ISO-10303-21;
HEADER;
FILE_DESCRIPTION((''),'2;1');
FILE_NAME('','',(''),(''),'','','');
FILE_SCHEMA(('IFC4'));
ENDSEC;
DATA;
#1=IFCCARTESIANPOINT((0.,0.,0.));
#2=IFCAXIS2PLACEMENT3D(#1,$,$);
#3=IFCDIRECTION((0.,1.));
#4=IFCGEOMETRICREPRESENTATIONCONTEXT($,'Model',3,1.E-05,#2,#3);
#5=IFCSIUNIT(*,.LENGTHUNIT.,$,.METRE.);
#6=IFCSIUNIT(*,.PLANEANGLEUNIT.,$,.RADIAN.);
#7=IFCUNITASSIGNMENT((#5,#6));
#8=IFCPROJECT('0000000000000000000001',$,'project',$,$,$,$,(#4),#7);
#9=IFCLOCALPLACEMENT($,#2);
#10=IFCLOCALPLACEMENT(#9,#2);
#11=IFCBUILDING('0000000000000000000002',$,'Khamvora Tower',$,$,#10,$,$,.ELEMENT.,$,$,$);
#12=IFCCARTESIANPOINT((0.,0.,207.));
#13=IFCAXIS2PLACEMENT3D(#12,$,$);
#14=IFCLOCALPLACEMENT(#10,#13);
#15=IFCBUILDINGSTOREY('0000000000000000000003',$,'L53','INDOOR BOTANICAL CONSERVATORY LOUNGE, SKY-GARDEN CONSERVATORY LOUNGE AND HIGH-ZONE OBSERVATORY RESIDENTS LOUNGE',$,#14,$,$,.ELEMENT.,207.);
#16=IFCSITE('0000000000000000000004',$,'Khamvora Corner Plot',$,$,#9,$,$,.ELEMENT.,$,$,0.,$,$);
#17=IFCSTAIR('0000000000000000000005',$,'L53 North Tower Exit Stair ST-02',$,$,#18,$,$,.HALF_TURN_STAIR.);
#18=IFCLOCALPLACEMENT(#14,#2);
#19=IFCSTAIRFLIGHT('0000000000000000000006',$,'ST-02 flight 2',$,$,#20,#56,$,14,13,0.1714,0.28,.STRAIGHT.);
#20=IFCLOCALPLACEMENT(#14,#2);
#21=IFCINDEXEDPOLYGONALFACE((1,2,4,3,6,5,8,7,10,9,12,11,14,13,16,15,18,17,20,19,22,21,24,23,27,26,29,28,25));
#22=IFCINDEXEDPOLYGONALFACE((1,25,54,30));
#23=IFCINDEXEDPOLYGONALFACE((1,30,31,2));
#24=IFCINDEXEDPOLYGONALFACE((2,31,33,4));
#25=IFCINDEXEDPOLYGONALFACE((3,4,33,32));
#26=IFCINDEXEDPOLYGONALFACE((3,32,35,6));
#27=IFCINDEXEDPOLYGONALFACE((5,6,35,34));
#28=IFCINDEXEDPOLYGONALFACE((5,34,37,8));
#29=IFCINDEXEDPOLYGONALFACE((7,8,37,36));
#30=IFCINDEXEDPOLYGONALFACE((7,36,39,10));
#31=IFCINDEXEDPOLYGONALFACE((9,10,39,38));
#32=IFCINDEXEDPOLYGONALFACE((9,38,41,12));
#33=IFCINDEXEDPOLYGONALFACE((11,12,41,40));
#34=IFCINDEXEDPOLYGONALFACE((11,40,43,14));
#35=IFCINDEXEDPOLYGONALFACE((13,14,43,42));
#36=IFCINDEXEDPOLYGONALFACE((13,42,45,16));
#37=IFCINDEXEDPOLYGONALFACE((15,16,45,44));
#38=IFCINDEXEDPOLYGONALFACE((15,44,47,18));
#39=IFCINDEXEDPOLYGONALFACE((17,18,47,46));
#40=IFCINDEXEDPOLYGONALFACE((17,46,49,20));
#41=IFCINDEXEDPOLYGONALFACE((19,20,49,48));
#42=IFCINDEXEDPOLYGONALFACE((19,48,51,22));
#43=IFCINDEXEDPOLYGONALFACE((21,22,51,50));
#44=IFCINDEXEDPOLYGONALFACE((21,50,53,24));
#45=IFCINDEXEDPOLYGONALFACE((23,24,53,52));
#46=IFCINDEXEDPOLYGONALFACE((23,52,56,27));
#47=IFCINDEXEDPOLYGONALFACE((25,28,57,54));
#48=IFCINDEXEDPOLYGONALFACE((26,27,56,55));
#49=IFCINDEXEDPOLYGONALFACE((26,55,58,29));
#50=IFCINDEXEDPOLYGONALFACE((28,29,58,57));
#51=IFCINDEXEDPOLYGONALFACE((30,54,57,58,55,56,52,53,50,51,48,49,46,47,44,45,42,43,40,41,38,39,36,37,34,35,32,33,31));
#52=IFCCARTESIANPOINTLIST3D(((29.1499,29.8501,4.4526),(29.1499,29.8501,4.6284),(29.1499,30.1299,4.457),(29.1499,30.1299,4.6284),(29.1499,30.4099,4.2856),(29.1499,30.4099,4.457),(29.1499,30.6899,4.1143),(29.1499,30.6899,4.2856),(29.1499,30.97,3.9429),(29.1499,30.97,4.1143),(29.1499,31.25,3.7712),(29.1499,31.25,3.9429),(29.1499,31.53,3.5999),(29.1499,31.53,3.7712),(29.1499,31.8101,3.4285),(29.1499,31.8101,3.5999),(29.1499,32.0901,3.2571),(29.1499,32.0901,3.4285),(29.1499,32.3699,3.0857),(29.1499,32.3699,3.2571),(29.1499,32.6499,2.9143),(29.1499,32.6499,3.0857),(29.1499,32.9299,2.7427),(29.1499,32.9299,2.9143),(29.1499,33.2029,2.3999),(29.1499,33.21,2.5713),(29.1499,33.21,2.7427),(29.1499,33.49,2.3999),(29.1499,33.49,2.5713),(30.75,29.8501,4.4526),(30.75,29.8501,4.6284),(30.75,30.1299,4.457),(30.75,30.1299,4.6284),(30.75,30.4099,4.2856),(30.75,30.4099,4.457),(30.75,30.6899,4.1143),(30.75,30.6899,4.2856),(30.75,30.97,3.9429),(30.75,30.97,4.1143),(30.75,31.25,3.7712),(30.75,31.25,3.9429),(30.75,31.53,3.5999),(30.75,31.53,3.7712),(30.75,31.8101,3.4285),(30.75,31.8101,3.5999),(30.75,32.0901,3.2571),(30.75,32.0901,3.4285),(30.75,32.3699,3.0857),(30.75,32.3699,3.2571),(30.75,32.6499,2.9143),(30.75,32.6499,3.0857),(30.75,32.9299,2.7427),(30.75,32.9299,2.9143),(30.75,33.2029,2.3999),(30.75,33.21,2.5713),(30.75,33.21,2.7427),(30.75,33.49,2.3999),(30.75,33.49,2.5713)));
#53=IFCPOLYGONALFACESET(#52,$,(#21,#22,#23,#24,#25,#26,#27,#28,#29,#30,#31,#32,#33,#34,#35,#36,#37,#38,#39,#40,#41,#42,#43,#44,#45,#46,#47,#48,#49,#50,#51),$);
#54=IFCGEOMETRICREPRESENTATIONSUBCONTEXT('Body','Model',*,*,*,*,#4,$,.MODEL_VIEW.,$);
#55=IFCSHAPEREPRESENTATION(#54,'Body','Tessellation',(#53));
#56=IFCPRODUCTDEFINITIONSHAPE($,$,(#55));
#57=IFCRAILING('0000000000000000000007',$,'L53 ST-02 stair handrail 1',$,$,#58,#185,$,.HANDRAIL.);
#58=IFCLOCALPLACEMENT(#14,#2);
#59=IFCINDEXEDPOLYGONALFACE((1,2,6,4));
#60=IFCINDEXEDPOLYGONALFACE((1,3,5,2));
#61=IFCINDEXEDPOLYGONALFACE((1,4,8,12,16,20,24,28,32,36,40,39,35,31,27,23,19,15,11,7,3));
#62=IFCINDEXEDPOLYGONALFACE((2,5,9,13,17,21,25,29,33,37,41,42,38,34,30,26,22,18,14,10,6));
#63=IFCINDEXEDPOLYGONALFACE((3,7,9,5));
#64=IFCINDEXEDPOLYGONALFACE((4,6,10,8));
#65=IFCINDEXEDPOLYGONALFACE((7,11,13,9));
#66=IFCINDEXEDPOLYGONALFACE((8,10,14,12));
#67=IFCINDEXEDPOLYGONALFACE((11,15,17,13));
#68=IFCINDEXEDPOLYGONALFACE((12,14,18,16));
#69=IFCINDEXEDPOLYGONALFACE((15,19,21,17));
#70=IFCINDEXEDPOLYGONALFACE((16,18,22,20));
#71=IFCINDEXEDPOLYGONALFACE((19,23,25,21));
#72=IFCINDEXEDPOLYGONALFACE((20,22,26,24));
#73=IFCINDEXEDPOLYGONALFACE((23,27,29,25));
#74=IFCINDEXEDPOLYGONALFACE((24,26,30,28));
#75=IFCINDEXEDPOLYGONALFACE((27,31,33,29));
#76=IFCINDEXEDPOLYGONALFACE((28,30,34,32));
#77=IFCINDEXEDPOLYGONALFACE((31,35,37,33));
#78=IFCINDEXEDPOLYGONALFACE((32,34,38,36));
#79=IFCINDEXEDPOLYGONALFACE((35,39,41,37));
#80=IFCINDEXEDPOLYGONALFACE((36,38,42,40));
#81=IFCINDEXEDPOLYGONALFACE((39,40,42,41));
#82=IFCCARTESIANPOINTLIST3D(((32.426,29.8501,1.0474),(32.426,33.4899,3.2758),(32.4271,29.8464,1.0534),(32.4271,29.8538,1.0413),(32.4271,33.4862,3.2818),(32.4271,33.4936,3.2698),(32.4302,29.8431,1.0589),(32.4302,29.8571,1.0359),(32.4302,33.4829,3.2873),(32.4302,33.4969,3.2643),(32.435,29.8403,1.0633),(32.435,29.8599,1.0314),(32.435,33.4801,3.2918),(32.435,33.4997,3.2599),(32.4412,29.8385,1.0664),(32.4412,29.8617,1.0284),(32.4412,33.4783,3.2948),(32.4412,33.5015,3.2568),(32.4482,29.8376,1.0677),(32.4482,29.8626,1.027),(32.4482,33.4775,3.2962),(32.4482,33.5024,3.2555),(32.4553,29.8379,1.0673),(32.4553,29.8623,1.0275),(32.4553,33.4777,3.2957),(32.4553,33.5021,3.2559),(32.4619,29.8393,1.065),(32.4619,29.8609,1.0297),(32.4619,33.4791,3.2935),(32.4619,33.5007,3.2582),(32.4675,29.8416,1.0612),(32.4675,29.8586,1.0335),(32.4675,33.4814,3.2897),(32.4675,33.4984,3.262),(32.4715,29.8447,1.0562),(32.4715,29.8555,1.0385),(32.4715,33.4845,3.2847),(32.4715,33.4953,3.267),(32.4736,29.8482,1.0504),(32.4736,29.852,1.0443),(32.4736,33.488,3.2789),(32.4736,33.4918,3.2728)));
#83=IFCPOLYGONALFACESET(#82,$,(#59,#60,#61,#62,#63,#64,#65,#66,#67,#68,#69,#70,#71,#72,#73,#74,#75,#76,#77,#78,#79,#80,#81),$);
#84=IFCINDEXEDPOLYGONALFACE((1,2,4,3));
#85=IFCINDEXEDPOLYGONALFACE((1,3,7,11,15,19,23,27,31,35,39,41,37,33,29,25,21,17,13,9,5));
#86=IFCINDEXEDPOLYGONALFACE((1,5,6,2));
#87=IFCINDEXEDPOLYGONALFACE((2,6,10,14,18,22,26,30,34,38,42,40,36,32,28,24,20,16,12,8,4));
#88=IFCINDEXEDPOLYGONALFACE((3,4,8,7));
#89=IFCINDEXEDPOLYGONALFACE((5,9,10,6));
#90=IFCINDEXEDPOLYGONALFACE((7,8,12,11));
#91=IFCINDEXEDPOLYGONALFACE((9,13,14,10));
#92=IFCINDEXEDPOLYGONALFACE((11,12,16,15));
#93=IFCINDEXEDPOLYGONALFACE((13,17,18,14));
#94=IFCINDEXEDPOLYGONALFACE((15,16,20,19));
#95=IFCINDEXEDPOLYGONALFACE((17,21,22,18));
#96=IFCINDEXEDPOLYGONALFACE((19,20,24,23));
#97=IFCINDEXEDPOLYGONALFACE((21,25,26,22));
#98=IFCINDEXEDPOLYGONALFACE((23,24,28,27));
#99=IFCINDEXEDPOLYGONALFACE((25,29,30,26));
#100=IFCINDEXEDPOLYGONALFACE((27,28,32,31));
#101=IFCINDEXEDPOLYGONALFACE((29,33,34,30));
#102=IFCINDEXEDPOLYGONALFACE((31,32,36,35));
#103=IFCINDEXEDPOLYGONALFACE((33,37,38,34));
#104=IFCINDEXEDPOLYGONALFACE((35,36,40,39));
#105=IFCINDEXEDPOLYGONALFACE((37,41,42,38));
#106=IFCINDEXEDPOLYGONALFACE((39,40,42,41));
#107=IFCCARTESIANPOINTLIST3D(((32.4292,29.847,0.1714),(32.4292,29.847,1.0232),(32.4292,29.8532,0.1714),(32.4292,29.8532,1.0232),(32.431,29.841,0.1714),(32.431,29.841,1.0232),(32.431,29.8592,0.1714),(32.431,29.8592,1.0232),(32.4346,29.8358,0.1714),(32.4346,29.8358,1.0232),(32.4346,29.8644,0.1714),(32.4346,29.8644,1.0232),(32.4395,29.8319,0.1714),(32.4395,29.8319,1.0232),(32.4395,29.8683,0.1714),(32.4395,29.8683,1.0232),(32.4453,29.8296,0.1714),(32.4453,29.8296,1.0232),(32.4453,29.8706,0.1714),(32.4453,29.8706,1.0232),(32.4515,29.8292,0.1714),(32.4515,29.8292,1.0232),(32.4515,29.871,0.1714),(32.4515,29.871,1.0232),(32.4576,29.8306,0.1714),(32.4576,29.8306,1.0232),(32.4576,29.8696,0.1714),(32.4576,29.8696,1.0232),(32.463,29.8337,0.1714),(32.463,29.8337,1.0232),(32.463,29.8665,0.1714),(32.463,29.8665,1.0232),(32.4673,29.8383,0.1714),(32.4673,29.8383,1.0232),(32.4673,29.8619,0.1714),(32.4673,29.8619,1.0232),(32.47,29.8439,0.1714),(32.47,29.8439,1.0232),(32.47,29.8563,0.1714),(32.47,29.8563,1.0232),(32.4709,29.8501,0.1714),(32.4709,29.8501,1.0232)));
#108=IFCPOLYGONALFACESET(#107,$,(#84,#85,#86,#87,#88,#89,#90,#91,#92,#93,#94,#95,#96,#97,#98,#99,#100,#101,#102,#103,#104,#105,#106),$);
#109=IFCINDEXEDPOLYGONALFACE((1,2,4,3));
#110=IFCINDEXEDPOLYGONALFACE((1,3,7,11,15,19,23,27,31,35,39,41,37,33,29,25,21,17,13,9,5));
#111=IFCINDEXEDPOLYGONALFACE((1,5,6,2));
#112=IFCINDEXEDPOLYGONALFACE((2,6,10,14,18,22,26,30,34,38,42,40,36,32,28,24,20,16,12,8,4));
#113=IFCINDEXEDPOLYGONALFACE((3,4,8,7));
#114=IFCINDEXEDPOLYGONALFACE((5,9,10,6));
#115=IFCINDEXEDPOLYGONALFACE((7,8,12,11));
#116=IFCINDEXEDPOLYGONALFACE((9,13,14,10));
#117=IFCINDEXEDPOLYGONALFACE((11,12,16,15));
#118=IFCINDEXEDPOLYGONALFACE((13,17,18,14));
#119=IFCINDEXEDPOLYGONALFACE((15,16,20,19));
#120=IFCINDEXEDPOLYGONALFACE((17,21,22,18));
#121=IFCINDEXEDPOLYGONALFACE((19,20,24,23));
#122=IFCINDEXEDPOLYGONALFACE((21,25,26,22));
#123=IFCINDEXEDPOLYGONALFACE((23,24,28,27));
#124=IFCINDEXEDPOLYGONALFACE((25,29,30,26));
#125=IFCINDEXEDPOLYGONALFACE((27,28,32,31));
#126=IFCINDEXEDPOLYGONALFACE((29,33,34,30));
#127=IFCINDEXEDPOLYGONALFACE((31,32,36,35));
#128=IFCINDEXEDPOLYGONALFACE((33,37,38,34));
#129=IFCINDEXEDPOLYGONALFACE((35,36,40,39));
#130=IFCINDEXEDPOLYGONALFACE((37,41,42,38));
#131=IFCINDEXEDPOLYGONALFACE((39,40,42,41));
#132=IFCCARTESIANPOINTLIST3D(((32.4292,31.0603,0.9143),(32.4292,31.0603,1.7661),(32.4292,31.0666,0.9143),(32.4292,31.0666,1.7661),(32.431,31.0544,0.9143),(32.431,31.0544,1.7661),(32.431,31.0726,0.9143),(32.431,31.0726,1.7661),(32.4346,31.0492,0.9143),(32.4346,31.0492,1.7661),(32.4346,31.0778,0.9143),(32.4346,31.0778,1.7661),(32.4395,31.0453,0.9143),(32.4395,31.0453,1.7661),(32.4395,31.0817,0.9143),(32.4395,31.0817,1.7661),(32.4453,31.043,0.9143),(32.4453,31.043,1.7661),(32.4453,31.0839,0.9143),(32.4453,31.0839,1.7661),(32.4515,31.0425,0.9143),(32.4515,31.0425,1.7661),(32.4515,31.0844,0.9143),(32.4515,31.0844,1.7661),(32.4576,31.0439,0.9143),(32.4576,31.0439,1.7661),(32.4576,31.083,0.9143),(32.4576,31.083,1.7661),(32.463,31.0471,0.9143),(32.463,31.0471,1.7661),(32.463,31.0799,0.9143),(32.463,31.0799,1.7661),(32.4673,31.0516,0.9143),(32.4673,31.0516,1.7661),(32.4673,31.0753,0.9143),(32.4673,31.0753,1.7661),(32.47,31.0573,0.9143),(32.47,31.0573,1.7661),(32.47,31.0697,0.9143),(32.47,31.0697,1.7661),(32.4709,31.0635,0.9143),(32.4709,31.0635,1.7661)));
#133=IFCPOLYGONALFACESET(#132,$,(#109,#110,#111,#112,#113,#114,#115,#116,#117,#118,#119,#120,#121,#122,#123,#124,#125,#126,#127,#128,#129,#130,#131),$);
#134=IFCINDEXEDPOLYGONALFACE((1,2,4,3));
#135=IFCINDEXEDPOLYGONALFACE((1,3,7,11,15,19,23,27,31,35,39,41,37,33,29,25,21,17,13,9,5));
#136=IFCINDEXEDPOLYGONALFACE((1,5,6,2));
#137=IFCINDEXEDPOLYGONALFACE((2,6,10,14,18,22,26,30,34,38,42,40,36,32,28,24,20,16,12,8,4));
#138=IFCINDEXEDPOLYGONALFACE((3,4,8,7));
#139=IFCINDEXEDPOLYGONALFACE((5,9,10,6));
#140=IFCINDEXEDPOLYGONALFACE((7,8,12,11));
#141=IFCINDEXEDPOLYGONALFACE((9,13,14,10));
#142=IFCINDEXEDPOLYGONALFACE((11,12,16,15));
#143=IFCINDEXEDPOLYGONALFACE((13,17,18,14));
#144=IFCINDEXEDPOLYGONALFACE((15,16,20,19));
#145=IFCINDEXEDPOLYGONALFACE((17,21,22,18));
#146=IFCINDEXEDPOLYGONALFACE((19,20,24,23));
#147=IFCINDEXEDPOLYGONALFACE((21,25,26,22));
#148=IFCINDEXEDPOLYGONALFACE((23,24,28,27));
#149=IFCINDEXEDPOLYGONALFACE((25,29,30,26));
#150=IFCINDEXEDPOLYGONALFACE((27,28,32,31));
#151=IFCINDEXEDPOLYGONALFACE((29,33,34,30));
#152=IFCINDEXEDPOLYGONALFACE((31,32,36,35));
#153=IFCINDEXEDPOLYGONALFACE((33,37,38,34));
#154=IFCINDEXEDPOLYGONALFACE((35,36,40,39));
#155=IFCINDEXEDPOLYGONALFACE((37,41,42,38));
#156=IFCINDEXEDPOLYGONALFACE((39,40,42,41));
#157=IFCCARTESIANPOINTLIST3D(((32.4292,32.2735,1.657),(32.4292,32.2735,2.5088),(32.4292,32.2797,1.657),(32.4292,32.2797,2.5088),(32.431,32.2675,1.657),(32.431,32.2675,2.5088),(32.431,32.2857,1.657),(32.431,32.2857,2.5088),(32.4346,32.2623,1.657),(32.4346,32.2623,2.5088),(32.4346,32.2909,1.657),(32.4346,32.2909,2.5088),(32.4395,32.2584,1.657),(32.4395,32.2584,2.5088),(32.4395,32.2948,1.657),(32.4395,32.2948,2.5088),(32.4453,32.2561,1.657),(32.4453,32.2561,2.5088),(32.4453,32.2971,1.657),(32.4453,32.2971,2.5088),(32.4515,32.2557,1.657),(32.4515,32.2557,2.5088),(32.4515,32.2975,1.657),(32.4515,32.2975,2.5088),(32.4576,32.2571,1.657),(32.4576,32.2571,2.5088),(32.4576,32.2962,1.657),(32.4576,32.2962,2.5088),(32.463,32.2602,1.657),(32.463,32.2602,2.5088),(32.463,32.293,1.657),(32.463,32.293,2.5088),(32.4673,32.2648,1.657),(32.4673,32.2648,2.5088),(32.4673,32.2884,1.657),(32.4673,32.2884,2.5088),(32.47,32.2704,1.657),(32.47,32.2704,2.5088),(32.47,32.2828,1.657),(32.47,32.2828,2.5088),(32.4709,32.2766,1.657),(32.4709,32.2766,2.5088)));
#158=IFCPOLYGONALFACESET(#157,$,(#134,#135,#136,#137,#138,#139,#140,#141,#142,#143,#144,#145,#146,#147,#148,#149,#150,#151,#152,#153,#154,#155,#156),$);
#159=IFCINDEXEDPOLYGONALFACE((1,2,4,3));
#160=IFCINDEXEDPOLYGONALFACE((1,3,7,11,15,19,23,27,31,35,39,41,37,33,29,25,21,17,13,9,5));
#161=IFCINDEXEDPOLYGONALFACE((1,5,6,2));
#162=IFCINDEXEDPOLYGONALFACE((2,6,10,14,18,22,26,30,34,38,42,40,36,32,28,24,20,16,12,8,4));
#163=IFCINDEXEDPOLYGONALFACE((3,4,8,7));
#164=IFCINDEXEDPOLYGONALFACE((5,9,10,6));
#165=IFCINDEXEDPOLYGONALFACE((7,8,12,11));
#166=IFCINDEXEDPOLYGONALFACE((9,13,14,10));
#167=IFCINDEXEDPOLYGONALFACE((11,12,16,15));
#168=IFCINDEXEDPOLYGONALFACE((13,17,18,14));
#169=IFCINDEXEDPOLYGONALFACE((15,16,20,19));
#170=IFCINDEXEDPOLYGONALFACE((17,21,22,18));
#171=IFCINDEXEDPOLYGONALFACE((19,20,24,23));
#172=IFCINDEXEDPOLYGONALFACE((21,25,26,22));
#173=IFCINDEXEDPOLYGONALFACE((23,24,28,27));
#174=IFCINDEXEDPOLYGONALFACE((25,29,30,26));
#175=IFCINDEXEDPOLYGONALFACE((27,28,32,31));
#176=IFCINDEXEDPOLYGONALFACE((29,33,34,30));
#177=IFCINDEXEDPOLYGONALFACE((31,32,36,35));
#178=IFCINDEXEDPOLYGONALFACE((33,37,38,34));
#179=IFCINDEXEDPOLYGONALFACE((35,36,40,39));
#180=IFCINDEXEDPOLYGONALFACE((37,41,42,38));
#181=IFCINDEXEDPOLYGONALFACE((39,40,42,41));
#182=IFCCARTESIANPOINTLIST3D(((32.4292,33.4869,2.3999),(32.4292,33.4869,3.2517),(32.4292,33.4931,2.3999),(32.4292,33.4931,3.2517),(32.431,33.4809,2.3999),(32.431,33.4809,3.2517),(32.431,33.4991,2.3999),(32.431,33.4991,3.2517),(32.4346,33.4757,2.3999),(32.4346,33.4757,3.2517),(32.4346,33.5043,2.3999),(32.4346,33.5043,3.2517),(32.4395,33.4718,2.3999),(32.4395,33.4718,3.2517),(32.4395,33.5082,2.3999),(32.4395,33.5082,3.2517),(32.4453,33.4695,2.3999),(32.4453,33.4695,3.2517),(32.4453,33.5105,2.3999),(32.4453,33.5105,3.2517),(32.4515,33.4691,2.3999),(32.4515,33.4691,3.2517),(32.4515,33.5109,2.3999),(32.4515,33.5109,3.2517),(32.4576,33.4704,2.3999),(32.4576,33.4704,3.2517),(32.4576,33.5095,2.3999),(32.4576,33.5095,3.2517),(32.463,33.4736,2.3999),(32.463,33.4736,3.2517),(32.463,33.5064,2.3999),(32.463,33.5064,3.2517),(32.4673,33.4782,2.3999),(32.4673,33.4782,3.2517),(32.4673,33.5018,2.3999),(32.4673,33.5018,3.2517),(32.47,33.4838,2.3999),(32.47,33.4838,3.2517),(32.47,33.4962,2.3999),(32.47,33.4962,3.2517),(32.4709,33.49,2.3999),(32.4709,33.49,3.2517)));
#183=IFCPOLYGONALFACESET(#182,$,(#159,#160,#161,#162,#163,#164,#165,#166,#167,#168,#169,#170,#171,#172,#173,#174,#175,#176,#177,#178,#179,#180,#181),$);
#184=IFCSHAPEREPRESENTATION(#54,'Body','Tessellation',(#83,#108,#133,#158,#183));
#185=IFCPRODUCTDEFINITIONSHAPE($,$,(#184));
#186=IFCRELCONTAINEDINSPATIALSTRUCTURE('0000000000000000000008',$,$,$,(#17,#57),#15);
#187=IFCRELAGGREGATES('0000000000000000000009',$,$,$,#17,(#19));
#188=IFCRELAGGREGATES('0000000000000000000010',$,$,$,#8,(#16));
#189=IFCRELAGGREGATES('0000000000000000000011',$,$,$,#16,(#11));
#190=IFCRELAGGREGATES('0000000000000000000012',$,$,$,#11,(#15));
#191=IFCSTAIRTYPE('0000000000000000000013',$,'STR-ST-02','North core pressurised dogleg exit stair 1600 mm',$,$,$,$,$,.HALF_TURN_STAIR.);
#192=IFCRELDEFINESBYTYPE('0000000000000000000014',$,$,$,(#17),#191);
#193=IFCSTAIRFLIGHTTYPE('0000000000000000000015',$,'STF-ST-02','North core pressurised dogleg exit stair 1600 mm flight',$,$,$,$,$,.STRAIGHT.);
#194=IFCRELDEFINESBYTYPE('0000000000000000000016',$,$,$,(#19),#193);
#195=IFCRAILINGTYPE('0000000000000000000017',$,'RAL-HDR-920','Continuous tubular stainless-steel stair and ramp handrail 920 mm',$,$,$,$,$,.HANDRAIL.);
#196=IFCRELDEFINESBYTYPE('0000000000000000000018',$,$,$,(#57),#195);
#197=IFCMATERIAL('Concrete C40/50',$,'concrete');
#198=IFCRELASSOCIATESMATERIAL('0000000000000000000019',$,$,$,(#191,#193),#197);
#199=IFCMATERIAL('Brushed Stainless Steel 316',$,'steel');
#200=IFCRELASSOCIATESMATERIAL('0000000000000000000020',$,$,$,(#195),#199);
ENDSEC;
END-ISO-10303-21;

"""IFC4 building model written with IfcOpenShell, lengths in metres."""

from ifc_helpers import new_model, si_unit, direction, frame, origin, origin_2d, place, context, subcontext, project, spatial, polyline, circle, outline, extrude, material, type_object, element, aggregate, save


model = new_model("IFC4")

# Units and contexts
model_context = context("Model", 3, precision=1e-05, world=origin(), true_north=direction((0.0, 1.0)))
body_context = subcontext(model_context, "Body", "Model", "MODEL_VIEW")
ifc_project = project(units=[si_unit("LENGTHUNIT", "METRE"), si_unit("PLANEANGLEUNIT", "RADIAN")], contexts=[model_context])

# Site, building, storey
site_placement = place(None, origin())
site = spatial("IfcSite", under=ifc_project, at=site_placement, Name="Khamvora Corner Plot", CompositionType="ELEMENT", RefElevation=0.0)
building_placement = place(site_placement, origin())
building = spatial("IfcBuilding", under=site, at=building_placement, Name="Khamvora Tower", CompositionType="ELEMENT")
storey_placement = place(building_placement, frame((0.0, 0.0, 207.0)))
storey = spatial("IfcBuildingStorey", under=building, at=storey_placement, Name="L53", Description="INDOOR BOTANICAL CONSERVATORY LOUNGE, SKY-GARDEN CONSERVATORY LOUNGE AND HIGH-ZONE OBSERVATORY RESIDENTS LOUNGE", CompositionType="ELEMENT", Elevation=207.0)

# Stair, stair flight
ifc_material_1 = material(Name="Concrete C40/50", Category="concrete")
stair_type = type_object("IfcStairType", Name="STR-ST-02", Description="North core pressurised dogleg exit stair 1600 mm", PredefinedType="HALF_TURN_STAIR", material=ifc_material_1)
stair_placement = place(storey_placement, origin())
stair = element("IfcStair", 1, at=stair_placement, inside=storey, type_object=stair_type, Name="L53 North Tower Exit Stair ST-02", PredefinedType="HALF_TURN_STAIR")
stair_flight_type = type_object("IfcStairFlightType", Name="STF-ST-02", Description="North core pressurised dogleg exit stair 1600 mm flight", PredefinedType="STRAIGHT", material=ifc_material_1)
stair_flight_1_placement = place(storey_placement, frame((29.95, 33.49, 2.3999), z_axis=(0.0, 0.0, 1.0), x_axis=(0.0, -1.0, 0.0)))
stair_flight_1 = element("IfcStairFlight", 2, at=stair_flight_1_placement, type_object=stair_flight_type, Name="ST-02 flight 2", NumberOfRisers=14, NumberOfTreads=13, PredefinedType="STRAIGHT", RiserHeight=0.1714, TreadLength=0.28, context=body_context, shape_type="SweptSolid", body=[
    extrude(outline(polyline([(0.0, 0.0), (0.0, 0.1714), (0.28, 0.1714), (0.28, 0.3428), (0.5601, 0.3428), (0.5601, 0.5144), (0.8401, 0.5144), (0.8401, 0.6858), (1.1201, 0.6858), (1.1201, 0.8572), (1.3999, 0.8572), (1.3999, 1.0286), (1.6799, 1.0286), (1.6799, 1.2), (1.96, 1.2), (1.96, 1.3713), (2.24, 1.3713), (2.24, 1.543), (2.52, 1.543), (2.52, 1.7144), (2.8, 1.7144), (2.8, 1.8857), (3.0801, 1.8857), (3.0801, 2.0571), (3.3601, 2.0571), (3.3601, 2.2285), (3.6399, 2.2285), (3.6399, 2.3999), (3.6399, 2.0527), (0.2871, 0.0), (0.0, 0.0)])), frame((0.0, 0.8, 0.0), z_axis=(0.0, -1.0, 0.0), x_axis=(1.0, 0.0, 0.0)), (0.0, 0.0, 1.0), 1.6001),
])
aggregate(stair, [stair_flight_1])

# Railing
ifc_material_2 = material(Name="Brushed Stainless Steel 316", Category="steel")
railing_type_1 = type_object("IfcRailingType", Name="RAL-HDR-920", Description="Continuous tubular stainless-steel stair and ramp handrail 920 mm", PredefinedType="HANDRAIL", material=ifc_material_2)
railing_1_placement = place(storey_placement, frame((32.45, 29.8501, 0.1714)))
element("IfcRailing", 3, at=railing_1_placement, inside=storey, type_object=railing_type_1, Name="L53 ST-02 stair handrail 1", PredefinedType="HANDRAIL", context=body_context, shape_type="SweptSolid", body=[
    extrude(circle(Radius=0.0239, at=origin_2d()), frame((0.0, 0.0, 0.876), z_axis=(0.0, 0.85285, 0.522156), x_axis=(-1.0, 0.0, 0.0)), (0.0, 0.0, 1.0), 4.2678),
    extrude(circle(Radius=0.021, at=origin_2d()), origin(), (0.0, 0.0, 1.0), 0.8518),
    extrude(circle(Radius=0.021, at=origin_2d()), frame((0.0, 1.2134, 0.7429)), (0.0, 0.0, 1.0), 0.8518),
    extrude(circle(Radius=0.021, at=origin_2d()), frame((0.0, 2.4265, 1.4856)), (0.0, 0.0, 1.0), 0.8518),
    extrude(circle(Radius=0.021, at=origin_2d()), frame((0.0, 3.6399, 2.2285)), (0.0, 0.0, 1.0), 0.8518),
])

save(model, "model.ifc")
